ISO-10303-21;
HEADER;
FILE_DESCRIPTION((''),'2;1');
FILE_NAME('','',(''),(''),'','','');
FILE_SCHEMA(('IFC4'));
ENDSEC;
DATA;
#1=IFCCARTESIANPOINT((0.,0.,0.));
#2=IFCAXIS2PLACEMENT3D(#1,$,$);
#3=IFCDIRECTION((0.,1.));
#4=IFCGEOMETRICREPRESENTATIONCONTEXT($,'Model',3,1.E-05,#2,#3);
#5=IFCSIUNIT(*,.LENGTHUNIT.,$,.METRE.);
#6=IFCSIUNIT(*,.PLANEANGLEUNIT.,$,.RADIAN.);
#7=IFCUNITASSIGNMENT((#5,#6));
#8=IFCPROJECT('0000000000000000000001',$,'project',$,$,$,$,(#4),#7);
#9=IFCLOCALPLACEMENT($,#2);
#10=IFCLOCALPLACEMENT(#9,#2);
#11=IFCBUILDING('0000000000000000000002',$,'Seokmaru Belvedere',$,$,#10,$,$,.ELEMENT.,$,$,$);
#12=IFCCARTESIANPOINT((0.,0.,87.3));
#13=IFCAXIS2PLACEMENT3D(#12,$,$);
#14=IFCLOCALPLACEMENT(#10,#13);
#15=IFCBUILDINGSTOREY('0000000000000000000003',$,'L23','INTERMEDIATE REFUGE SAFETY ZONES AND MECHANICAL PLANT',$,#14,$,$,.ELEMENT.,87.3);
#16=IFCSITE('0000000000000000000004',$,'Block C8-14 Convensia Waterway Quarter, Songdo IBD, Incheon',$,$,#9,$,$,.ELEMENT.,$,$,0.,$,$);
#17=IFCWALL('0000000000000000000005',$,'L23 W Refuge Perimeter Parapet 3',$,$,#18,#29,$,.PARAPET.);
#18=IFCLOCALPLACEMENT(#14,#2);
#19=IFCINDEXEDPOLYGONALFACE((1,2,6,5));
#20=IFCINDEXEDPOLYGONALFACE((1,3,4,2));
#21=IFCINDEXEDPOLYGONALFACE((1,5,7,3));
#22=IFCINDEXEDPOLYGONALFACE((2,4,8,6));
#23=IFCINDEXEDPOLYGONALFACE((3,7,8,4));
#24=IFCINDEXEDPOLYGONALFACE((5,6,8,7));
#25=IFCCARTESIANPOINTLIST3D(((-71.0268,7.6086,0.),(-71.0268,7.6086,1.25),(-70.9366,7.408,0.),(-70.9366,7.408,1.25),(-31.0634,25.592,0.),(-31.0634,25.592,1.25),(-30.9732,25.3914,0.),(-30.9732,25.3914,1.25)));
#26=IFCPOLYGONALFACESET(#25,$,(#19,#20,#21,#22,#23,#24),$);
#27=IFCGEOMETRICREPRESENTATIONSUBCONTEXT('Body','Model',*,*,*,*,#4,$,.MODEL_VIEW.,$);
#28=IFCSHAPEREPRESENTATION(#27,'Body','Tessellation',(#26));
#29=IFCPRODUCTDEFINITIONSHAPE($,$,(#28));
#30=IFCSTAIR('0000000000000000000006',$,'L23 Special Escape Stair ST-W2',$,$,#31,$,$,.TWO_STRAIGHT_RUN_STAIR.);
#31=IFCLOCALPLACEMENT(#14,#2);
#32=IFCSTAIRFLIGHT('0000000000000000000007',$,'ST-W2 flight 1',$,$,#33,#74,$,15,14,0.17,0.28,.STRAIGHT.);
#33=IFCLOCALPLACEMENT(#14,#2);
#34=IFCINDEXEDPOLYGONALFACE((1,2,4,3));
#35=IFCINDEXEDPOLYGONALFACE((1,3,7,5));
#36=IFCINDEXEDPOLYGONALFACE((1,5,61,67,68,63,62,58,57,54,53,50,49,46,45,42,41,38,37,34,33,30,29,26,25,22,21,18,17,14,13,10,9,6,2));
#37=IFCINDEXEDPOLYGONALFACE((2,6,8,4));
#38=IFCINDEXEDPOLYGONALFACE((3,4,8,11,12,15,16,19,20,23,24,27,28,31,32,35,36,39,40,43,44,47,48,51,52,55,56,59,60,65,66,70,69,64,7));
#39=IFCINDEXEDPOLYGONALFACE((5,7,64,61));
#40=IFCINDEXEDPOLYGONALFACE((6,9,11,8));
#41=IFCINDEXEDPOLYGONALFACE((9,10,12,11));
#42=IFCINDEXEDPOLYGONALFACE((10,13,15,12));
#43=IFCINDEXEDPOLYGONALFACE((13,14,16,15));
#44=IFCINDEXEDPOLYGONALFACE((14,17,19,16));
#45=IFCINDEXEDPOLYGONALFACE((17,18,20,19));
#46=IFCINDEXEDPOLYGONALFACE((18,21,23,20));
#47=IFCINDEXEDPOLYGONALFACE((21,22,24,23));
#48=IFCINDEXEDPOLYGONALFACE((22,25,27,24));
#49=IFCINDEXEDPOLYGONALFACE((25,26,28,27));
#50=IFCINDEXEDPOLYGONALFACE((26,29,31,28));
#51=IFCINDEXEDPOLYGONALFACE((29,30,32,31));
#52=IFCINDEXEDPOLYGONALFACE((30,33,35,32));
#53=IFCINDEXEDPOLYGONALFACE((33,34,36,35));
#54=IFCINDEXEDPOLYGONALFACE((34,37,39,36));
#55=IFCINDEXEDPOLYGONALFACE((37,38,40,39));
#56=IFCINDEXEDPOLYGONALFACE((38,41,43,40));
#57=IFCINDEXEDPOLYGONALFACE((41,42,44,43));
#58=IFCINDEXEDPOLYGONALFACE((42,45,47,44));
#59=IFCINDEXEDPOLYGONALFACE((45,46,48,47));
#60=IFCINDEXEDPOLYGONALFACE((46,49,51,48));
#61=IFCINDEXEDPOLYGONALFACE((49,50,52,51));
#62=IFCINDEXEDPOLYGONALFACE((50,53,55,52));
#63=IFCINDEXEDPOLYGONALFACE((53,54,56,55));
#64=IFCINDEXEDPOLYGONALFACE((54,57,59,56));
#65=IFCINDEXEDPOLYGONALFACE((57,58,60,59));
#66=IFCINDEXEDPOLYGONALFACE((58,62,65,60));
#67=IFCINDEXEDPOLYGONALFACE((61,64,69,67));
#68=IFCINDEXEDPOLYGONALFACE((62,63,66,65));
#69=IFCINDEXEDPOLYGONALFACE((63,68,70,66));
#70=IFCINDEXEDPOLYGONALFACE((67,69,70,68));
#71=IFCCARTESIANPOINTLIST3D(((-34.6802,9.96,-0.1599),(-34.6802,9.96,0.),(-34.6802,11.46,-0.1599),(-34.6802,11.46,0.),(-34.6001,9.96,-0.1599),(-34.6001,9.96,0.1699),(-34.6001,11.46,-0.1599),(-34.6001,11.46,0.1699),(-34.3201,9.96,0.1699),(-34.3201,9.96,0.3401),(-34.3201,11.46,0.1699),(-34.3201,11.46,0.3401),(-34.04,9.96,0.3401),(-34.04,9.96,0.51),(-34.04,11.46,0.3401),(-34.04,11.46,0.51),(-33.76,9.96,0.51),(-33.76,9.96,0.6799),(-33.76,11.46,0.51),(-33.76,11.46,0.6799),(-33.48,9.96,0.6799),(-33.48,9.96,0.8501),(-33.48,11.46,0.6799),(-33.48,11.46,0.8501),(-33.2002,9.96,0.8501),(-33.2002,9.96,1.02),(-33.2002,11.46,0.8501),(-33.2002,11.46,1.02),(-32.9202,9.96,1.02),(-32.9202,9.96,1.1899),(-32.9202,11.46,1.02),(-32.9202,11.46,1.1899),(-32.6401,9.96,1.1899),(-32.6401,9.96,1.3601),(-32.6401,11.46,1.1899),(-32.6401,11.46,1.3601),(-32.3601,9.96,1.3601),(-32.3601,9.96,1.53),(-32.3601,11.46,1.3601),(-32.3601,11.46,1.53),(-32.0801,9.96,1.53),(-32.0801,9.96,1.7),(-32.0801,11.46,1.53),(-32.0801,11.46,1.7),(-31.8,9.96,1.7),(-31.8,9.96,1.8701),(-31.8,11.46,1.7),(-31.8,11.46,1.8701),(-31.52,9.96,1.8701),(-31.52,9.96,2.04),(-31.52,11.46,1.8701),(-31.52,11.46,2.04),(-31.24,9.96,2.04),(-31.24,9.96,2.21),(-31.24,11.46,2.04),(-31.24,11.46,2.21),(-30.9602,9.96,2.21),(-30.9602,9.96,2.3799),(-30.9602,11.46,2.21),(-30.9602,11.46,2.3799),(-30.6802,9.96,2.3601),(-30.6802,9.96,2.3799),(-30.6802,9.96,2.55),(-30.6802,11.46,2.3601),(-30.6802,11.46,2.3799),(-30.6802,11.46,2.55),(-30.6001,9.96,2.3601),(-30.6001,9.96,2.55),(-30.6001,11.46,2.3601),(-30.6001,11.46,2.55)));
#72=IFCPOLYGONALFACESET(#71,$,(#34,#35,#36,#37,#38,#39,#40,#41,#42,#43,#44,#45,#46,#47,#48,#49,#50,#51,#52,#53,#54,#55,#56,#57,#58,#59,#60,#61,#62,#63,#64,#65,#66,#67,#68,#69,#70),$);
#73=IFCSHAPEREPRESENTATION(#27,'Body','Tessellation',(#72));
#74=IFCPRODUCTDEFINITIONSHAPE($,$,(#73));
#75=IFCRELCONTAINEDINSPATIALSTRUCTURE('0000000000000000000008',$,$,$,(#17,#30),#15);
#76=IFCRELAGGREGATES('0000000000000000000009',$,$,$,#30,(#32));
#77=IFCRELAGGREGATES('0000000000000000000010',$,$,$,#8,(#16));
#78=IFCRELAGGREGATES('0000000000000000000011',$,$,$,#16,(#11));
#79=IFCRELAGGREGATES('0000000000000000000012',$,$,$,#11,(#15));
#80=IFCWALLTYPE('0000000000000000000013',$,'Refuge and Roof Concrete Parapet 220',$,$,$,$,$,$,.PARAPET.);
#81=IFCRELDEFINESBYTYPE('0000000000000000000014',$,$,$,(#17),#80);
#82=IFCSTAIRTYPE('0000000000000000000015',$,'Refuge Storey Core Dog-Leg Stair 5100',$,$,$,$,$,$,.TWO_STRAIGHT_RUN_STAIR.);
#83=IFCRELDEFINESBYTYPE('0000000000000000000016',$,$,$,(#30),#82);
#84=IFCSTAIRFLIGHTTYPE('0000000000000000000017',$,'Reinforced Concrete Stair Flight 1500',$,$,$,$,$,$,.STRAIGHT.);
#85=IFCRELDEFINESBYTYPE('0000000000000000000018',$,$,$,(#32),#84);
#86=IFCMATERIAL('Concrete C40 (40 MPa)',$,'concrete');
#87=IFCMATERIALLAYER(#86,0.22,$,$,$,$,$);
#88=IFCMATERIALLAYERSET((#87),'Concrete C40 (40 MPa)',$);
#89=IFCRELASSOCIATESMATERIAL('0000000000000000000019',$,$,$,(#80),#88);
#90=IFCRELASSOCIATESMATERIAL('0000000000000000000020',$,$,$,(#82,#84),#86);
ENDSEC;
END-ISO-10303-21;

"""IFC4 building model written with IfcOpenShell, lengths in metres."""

from ifc_helpers import new_model, si_unit, direction, frame, frame_2d, origin, place, context, subcontext, project, spatial, polyline, rectangle, outline, extrude, material, layer, layer_set, type_object, element, aggregate, save


model = new_model("IFC4")

# Units and contexts
model_context = context("Model", 3, precision=1e-05, world=origin(), true_north=direction((0.0, 1.0)))
body_context = subcontext(model_context, "Body", "Model", "MODEL_VIEW")
ifc_project = project(units=[si_unit("LENGTHUNIT", "METRE"), si_unit("PLANEANGLEUNIT", "RADIAN")], contexts=[model_context])

# Site, building, storey
site_placement = place(None, origin())
site = spatial("IfcSite", under=ifc_project, at=site_placement, Name="Block C8-14 Convensia Waterway Quarter, Songdo IBD, Incheon", CompositionType="ELEMENT", RefElevation=0.0)
building_placement = place(site_placement, origin())
building = spatial("IfcBuilding", under=site, at=building_placement, Name="Seokmaru Belvedere", CompositionType="ELEMENT")
storey_placement = place(building_placement, frame((0.0, 0.0, 87.3)))
storey = spatial("IfcBuildingStorey", under=building, at=storey_placement, Name="L23", Description="INTERMEDIATE REFUGE SAFETY ZONES AND MECHANICAL PLANT", CompositionType="ELEMENT", Elevation=87.3)

# Wall
ifc_material_1 = material(Name="Concrete C40 (40 MPa)", Category="concrete")
ifc_layer_1 = layer(ifc_material_1, 0.22)
ifc_layer_set_1 = layer_set([ifc_layer_1], Name="Concrete C40 (40 MPa)")
wall_type_1 = type_object("IfcWallType", Name="Refuge and Roof Concrete Parapet 220", PredefinedType="PARAPET", material=ifc_layer_set_1)
wall_1_placement = place(storey_placement, frame((-31.0183, 25.4917, 0.0), z_axis=(0.0, 0.0, 1.0), x_axis=(-0.911923, -0.410362, 0.0)))
element("IfcWall", 1, at=wall_1_placement, inside=storey, type_object=wall_type_1, Name="L23 W Refuge Perimeter Parapet 3", PredefinedType="PARAPET", context=body_context, shape_type="SweptSolid", body=[
    extrude(rectangle(XDim=43.8232, YDim=0.22, at=frame_2d((21.9116, 0.0))), origin(), (0.0, 0.0, 1.0), 1.25),
])

# Stair, stair flight
stair_type = type_object("IfcStairType", Name="Refuge Storey Core Dog-Leg Stair 5100", PredefinedType="TWO_STRAIGHT_RUN_STAIR", material=ifc_material_1)
stair_placement = place(storey_placement, origin())
stair = element("IfcStair", 2, at=stair_placement, inside=storey, type_object=stair_type, Name="L23 Special Escape Stair ST-W2", PredefinedType="TWO_STRAIGHT_RUN_STAIR")
stair_flight_type = type_object("IfcStairFlightType", Name="Reinforced Concrete Stair Flight 1500", PredefinedType="STRAIGHT", material=ifc_material_1)
stair_flight_placement = place(storey_placement, frame((-34.6001, 10.71, 0.0), z_axis=(0.0, 0.0, 1.0), x_axis=(1.0, 0.0, 0.0)))
stair_flight = element("IfcStairFlight", 3, at=stair_flight_placement, type_object=stair_flight_type, Name="ST-W2 flight 1", NumberOfRisers=15, NumberOfTreads=14, PredefinedType="STRAIGHT", RiserHeight=0.17, TreadLength=0.28, context=body_context, shape_type="SweptSolid", body=[
    extrude(outline(polyline([(-0.0801, 0.0), (0.0, 0.1699), (0.28, 0.1699), (0.28, 0.3401), (0.5601, 0.3401), (0.5601, 0.51), (0.8401, 0.51), (0.8401, 0.6799), (1.1201, 0.6799), (1.1201, 0.8501), (1.3999, 0.8501), (1.3999, 1.02), (1.6799, 1.02), (1.6799, 1.1899), (1.96, 1.1899), (1.96, 1.3601), (2.24, 1.3601), (2.24, 1.53), (2.52, 1.53), (2.52, 1.7), (2.8, 1.7), (2.8, 1.8701), (3.0801, 1.8701), (3.0801, 2.04), (3.3601, 2.04), (3.3601, 2.21), (3.6399, 2.21), (3.6399, 2.3799), (3.9199, 2.3799), (3.9199, 2.55), (4.0, 2.55), (4.0, 2.3601), (3.9199, 2.3601), (0.0, -0.1599), (-0.0801, -0.1599), (-0.0801, 0.0)])), frame((0.0, 0.75, 0.0), z_axis=(0.0, -1.0, 0.0), x_axis=(1.0, 0.0, 0.0)), (0.0, 0.0, 1.0), 1.5),
])
aggregate(stair, [stair_flight])

save(model, "model.ifc")
